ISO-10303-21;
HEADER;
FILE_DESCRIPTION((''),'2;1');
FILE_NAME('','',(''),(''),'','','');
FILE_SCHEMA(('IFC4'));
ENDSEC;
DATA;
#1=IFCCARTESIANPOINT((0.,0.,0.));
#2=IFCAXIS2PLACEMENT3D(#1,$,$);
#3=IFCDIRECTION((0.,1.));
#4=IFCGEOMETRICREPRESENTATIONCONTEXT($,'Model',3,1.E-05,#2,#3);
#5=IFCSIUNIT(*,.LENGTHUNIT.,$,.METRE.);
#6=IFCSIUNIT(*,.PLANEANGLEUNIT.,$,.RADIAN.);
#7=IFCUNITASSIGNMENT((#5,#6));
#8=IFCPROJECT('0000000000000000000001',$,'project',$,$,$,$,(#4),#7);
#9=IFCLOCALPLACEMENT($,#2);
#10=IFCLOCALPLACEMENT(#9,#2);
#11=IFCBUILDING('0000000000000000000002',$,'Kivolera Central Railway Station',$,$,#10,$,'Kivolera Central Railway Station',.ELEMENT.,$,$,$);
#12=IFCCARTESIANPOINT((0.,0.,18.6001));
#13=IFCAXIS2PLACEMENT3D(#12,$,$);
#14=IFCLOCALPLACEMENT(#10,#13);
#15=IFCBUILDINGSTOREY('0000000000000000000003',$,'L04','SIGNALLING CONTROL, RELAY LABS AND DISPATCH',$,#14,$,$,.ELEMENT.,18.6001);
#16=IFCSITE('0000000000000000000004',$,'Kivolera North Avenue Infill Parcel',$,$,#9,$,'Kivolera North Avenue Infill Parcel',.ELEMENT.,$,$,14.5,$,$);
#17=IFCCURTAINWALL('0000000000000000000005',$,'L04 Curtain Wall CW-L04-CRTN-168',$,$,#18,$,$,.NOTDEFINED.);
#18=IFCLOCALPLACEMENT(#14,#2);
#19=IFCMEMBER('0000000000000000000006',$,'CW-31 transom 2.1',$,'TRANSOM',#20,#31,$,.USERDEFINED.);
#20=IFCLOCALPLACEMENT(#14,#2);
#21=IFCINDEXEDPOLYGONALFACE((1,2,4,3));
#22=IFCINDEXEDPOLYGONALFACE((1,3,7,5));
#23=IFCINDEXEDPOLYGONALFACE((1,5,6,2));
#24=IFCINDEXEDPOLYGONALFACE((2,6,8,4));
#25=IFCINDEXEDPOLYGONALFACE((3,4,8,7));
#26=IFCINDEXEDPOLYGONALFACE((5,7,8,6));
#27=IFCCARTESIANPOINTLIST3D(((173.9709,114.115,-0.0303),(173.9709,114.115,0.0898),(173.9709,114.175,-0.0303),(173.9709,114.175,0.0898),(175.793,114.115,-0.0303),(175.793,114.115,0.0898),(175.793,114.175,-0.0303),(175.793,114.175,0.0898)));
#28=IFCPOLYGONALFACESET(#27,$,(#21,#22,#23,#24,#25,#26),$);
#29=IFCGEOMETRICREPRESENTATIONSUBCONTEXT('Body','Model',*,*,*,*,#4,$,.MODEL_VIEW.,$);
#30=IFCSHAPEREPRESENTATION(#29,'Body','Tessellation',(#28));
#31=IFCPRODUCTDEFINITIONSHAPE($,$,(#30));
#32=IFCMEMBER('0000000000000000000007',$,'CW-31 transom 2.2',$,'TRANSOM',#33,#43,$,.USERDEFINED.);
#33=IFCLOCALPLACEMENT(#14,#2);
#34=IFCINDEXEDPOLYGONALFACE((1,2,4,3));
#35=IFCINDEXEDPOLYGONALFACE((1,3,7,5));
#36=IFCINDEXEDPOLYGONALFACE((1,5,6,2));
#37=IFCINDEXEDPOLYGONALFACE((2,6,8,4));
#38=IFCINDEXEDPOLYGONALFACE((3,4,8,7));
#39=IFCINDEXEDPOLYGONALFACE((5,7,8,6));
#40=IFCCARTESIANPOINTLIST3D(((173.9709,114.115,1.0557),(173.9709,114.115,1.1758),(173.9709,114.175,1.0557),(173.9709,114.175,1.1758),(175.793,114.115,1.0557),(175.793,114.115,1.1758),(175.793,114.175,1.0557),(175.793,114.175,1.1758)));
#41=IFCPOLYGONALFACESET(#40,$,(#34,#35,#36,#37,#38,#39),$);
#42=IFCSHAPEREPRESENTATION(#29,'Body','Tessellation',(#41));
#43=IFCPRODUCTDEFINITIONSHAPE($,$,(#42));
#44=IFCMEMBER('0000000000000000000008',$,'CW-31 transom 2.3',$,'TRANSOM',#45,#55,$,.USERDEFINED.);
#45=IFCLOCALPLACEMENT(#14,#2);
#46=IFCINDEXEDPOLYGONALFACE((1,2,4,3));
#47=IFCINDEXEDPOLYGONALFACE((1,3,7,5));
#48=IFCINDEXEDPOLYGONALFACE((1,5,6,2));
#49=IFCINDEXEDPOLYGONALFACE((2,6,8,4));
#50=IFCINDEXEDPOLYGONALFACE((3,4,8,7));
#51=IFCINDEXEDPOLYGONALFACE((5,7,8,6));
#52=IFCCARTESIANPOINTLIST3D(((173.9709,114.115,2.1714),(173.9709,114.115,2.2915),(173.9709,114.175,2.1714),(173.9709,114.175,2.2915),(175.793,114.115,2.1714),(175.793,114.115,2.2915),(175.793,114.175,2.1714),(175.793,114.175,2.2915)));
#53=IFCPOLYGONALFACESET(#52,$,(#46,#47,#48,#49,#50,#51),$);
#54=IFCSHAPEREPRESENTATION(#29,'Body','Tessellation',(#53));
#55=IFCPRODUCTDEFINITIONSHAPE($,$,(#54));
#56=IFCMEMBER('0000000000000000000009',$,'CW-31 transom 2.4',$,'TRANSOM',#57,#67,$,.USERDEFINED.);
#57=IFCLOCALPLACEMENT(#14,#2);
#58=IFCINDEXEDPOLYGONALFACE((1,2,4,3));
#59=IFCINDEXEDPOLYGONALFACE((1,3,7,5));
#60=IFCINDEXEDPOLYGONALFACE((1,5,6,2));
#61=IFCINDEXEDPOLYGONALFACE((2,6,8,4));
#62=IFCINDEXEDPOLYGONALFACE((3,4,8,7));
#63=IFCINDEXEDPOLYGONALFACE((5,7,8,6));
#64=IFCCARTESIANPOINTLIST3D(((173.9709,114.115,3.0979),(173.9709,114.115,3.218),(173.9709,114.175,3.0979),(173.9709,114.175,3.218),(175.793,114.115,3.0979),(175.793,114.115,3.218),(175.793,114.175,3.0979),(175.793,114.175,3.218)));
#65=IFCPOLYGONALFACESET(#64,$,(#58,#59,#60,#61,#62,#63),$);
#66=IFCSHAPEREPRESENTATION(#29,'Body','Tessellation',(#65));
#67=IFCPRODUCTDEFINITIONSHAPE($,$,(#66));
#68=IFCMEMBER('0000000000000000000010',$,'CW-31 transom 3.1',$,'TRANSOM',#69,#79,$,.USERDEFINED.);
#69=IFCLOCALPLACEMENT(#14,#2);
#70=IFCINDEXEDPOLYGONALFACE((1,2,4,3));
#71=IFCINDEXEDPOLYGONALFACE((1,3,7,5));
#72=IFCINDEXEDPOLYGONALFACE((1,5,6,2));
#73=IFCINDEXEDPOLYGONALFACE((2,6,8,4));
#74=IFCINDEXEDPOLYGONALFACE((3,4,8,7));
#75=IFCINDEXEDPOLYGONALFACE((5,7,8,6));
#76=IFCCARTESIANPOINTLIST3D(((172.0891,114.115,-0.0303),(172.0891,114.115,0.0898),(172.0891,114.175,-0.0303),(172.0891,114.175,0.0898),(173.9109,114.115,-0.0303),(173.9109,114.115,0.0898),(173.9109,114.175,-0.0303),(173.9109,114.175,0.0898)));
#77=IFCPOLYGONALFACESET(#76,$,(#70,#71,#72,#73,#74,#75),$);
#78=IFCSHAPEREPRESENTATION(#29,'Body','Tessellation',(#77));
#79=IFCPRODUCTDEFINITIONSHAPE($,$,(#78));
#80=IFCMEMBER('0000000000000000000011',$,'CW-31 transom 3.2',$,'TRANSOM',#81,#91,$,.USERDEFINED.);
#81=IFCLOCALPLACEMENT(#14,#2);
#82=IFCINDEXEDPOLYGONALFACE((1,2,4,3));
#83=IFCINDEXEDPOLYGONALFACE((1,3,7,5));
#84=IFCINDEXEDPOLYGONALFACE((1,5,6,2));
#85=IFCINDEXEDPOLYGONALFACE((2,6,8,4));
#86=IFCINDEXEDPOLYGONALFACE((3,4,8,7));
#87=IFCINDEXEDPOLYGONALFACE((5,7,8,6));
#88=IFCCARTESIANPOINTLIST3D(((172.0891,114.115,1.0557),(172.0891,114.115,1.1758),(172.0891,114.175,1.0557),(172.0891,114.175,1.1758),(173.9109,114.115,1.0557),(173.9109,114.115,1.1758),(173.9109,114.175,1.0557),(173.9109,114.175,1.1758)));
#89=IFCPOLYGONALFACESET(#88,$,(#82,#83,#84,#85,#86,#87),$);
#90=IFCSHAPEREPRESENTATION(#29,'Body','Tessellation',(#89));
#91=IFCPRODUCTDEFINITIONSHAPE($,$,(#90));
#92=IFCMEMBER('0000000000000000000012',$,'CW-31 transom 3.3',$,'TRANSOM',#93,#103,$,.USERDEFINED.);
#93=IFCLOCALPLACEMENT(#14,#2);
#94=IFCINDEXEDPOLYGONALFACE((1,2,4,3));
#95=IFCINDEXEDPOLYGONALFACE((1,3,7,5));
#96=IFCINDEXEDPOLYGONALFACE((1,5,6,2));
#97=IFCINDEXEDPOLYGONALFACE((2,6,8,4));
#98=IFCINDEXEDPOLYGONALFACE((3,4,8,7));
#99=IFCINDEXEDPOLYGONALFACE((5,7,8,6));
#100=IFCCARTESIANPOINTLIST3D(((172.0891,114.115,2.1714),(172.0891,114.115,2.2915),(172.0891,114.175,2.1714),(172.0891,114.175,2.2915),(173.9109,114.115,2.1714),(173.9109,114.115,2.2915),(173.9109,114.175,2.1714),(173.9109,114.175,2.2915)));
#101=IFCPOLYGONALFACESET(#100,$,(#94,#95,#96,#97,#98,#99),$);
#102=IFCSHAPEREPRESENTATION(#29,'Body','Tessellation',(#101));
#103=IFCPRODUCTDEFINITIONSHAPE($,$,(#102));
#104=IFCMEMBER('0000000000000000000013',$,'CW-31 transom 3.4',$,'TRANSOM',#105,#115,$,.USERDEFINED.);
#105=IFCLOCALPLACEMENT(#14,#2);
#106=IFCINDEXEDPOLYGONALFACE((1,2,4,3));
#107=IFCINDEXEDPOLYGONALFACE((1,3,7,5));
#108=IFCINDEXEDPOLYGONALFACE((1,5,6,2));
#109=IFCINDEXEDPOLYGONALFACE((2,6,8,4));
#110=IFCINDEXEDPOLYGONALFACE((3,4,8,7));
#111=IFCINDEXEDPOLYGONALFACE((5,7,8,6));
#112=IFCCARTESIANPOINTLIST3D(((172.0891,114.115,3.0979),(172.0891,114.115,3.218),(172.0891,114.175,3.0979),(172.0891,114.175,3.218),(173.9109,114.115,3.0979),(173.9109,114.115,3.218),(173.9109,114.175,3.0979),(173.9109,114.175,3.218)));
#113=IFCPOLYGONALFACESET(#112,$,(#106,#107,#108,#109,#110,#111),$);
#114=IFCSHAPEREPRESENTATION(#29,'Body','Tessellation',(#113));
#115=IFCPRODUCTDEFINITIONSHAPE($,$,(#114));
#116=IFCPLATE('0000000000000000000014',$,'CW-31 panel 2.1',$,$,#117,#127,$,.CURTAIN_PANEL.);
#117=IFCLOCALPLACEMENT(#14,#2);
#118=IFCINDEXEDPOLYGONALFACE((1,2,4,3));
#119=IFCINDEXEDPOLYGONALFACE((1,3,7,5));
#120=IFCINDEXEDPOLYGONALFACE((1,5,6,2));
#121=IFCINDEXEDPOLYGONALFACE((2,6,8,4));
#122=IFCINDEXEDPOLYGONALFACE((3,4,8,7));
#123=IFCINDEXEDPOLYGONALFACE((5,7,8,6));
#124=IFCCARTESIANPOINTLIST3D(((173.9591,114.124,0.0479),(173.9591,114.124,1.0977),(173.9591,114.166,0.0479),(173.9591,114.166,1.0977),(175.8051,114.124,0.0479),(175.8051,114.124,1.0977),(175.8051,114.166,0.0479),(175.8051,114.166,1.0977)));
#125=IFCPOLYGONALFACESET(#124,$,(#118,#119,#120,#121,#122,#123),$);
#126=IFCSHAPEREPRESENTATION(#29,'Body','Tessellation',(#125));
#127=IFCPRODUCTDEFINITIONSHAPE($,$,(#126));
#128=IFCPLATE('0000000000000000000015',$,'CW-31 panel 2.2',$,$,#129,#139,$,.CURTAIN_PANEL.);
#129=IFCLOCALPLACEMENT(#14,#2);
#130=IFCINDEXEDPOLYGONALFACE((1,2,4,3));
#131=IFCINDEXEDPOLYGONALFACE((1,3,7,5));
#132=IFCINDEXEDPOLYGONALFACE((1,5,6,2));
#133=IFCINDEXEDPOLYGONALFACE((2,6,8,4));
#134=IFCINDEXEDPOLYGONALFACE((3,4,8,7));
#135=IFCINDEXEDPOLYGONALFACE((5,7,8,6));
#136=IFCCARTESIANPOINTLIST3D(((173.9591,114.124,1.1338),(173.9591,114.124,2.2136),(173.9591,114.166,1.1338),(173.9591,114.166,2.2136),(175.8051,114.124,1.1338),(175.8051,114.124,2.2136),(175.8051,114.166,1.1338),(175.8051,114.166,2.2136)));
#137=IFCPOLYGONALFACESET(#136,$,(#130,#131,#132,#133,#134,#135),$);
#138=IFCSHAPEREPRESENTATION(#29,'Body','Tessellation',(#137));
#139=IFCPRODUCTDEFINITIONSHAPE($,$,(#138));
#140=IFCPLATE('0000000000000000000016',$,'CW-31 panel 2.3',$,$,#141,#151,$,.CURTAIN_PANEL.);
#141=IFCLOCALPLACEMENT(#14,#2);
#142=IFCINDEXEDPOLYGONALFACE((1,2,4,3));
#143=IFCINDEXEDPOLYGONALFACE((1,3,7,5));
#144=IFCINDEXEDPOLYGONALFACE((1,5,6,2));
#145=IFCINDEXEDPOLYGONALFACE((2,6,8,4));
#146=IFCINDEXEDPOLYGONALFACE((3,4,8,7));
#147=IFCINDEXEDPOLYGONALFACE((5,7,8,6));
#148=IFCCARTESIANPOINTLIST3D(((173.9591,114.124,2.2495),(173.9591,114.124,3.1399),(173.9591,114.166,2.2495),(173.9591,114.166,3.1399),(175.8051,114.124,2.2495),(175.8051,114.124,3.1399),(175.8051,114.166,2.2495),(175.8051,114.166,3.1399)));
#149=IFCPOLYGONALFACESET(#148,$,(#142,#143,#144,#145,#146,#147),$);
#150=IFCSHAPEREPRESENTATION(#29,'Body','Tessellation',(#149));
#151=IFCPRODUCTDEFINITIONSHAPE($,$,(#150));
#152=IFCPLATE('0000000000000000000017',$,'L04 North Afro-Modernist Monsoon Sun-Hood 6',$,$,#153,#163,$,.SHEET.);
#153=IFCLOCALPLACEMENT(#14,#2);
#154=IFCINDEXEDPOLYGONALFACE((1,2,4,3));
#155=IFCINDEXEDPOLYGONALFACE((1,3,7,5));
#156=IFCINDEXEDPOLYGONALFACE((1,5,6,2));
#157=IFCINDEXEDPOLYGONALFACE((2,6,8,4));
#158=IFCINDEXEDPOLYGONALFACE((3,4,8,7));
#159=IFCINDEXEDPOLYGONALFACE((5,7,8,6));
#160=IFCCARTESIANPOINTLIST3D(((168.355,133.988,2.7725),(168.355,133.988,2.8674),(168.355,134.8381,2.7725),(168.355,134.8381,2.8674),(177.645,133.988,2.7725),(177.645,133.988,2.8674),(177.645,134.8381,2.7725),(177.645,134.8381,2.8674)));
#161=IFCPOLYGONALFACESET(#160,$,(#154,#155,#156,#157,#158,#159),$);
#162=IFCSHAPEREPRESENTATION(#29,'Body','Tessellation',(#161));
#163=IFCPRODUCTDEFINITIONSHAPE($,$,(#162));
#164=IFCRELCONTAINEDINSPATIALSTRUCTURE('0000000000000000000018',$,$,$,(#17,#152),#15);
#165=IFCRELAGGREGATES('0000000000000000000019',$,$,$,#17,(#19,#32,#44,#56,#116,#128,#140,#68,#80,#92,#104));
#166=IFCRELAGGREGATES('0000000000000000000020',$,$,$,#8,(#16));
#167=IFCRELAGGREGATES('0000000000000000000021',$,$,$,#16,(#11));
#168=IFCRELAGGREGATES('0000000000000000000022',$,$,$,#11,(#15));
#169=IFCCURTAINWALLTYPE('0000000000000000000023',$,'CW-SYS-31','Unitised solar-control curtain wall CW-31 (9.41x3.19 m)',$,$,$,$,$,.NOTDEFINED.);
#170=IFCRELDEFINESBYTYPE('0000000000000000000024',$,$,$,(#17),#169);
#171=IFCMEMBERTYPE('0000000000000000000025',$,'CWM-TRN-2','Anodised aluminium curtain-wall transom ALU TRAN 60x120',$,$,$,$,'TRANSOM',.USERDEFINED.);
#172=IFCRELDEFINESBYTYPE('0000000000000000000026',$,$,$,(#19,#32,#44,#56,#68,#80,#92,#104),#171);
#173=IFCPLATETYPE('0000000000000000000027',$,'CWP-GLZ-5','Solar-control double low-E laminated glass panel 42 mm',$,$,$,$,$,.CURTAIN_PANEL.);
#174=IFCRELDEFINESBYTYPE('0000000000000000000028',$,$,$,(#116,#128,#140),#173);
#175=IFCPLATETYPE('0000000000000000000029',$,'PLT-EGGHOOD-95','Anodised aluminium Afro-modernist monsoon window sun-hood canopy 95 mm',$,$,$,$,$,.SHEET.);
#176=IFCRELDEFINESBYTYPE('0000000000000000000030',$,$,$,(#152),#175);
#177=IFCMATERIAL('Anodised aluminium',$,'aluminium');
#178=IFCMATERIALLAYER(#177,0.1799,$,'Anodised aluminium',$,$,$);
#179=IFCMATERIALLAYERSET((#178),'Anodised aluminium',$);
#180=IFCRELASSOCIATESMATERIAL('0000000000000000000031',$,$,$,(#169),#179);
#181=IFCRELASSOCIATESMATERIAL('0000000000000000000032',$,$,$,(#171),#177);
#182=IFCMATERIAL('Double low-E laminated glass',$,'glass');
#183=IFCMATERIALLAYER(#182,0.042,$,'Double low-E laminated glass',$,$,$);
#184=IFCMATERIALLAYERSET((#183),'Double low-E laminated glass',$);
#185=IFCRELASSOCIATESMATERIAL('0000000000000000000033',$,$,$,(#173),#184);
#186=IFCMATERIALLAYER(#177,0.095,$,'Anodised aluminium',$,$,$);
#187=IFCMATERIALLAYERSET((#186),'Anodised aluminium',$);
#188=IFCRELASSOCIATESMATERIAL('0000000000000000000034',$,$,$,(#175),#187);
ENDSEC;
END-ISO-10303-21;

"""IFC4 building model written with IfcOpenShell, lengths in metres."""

from ifc_helpers import new_model, si_unit, direction, frame, origin, origin_2d, place, context, subcontext, project, spatial, rectangle, extrude, material, layer, layer_set, material_profile, profile_set, type_object, element, aggregate, save


model = new_model("IFC4")

# Units and contexts
model_context = context("Model", 3, precision=1e-05, world=origin(), true_north=direction((0.0, 1.0)))
body_context = subcontext(model_context, "Body", "Model", "MODEL_VIEW")
ifc_project = project(units=[si_unit("LENGTHUNIT", "METRE"), si_unit("PLANEANGLEUNIT", "RADIAN")], contexts=[model_context])

# Site, building, storey
site_placement = place(None, origin())
site = spatial("IfcSite", under=ifc_project, at=site_placement, Name="Kivolera North Avenue Infill Parcel", LongName="Kivolera North Avenue Infill Parcel", CompositionType="ELEMENT", RefElevation=14.5)
building_placement = place(site_placement, origin())
building = spatial("IfcBuilding", under=site, at=building_placement, Name="Kivolera Central Railway Station", LongName="Kivolera Central Railway Station", CompositionType="ELEMENT")
storey_placement = place(building_placement, frame((0.0, 0.0, 18.6001)))
storey = spatial("IfcBuildingStorey", under=building, at=storey_placement, Name="L04", Description="SIGNALLING CONTROL, RELAY LABS AND DISPATCH", CompositionType="ELEMENT", Elevation=18.6001)

# Curtain wall, members, plates
ifc_material_1 = material(Name="Anodised aluminium", Category="aluminium")
ifc_layer_1 = layer(ifc_material_1, 0.1799, Name="Anodised aluminium")
ifc_layer_set_1 = layer_set([ifc_layer_1], Name="Anodised aluminium")
curtain_wall_type = type_object("IfcCurtainWallType", Name="CW-SYS-31", Description="Unitised solar-control curtain wall CW-31 (9.41x3.19 m)", PredefinedType="NOTDEFINED", material=ifc_layer_set_1)
curtain_wall_placement = place(storey_placement, origin())
curtain_wall = element("IfcCurtainWall", 1, at=curtain_wall_placement, inside=storey, type_object=curtain_wall_type, Name="L04 Curtain Wall CW-L04-CRTN-168", PredefinedType="NOTDEFINED")
ifc_material_profile_1 = material_profile(ifc_material_1, rectangle(XDim=0.0601, YDim=0.1201, at=origin_2d()), Name="ALU TRAN 60x120")
ifc_profile_set_1 = profile_set([ifc_material_profile_1], Name="Anodised aluminium")
member_type_1 = type_object("IfcMemberType", Name="CWM-TRN-2", Description="Anodised aluminium curtain-wall transom ALU TRAN 60x120", ElementType="TRANSOM", PredefinedType="USERDEFINED", material=ifc_profile_set_1)
member_1_placement = place(storey_placement, frame((175.793, 114.145, 0.0298), z_axis=(-1.0, 0.0, 0.0), x_axis=(0.0, -1.0, 0.0)))
member_1 = element("IfcMember", 2, at=member_1_placement, type_object=member_type_1, Name="CW-31 transom 2.1", ObjectType="TRANSOM", PredefinedType="USERDEFINED", context=body_context, shape_type="SweptSolid", body=[
    extrude(rectangle(XDim=0.0601, YDim=0.1201, at=origin_2d()), origin(), (0.0, 0.0, 1.0), 1.822),
])
member_2_placement = place(storey_placement, frame((175.793, 114.145, 1.1157), z_axis=(-1.0, 0.0, 0.0), x_axis=(0.0, -1.0, 0.0)))
member_2 = element("IfcMember", 3, at=member_2_placement, type_object=member_type_1, Name="CW-31 transom 2.2", ObjectType="TRANSOM", PredefinedType="USERDEFINED", context=body_context, shape_type="SweptSolid", body=[
    extrude(rectangle(XDim=0.0601, YDim=0.1201, at=origin_2d()), origin(), (0.0, 0.0, 1.0), 1.822),
])
member_3_placement = place(storey_placement, frame((175.793, 114.145, 2.2314), z_axis=(-1.0, 0.0, 0.0), x_axis=(0.0, -1.0, 0.0)))
member_3 = element("IfcMember", 4, at=member_3_placement, type_object=member_type_1, Name="CW-31 transom 2.3", ObjectType="TRANSOM", PredefinedType="USERDEFINED", context=body_context, shape_type="SweptSolid", body=[
    extrude(rectangle(XDim=0.0601, YDim=0.1201, at=origin_2d()), origin(), (0.0, 0.0, 1.0), 1.822),
])
member_4_placement = place(storey_placement, frame((175.793, 114.145, 3.158), z_axis=(-1.0, 0.0, 0.0), x_axis=(0.0, -1.0, 0.0)))
member_4 = element("IfcMember", 5, at=member_4_placement, type_object=member_type_1, Name="CW-31 transom 2.4", ObjectType="TRANSOM", PredefinedType="USERDEFINED", context=body_context, shape_type="SweptSolid", body=[
    extrude(rectangle(XDim=0.0601, YDim=0.1201, at=origin_2d()), origin(), (0.0, 0.0, 1.0), 1.822),
])
member_5_placement = place(storey_placement, frame((173.9109, 114.145, 0.0298), z_axis=(-1.0, 0.0, 0.0), x_axis=(0.0, -1.0, 0.0)))
member_5 = element("IfcMember", 6, at=member_5_placement, type_object=member_type_1, Name="CW-31 transom 3.1", ObjectType="TRANSOM", PredefinedType="USERDEFINED", context=body_context, shape_type="SweptSolid", body=[
    extrude(rectangle(XDim=0.0601, YDim=0.1201, at=origin_2d()), origin(), (0.0, 0.0, 1.0), 1.8218),
])
member_6_placement = place(storey_placement, frame((173.9109, 114.145, 1.1157), z_axis=(-1.0, 0.0, 0.0), x_axis=(0.0, -1.0, 0.0)))
member_6 = element("IfcMember", 7, at=member_6_placement, type_object=member_type_1, Name="CW-31 transom 3.2", ObjectType="TRANSOM", PredefinedType="USERDEFINED", context=body_context, shape_type="SweptSolid", body=[
    extrude(rectangle(XDim=0.0601, YDim=0.1201, at=origin_2d()), origin(), (0.0, 0.0, 1.0), 1.8218),
])
member_7_placement = place(storey_placement, frame((173.9109, 114.145, 2.2314), z_axis=(-1.0, 0.0, 0.0), x_axis=(0.0, -1.0, 0.0)))
member_7 = element("IfcMember", 8, at=member_7_placement, type_object=member_type_1, Name="CW-31 transom 3.3", ObjectType="TRANSOM", PredefinedType="USERDEFINED", context=body_context, shape_type="SweptSolid", body=[
    extrude(rectangle(XDim=0.0601, YDim=0.1201, at=origin_2d()), origin(), (0.0, 0.0, 1.0), 1.8218),
])
member_8_placement = place(storey_placement, frame((173.9109, 114.145, 3.158), z_axis=(-1.0, 0.0, 0.0), x_axis=(0.0, -1.0, 0.0)))
member_8 = element("IfcMember", 9, at=member_8_placement, type_object=member_type_1, Name="CW-31 transom 3.4", ObjectType="TRANSOM", PredefinedType="USERDEFINED", context=body_context, shape_type="SweptSolid", body=[
    extrude(rectangle(XDim=0.0601, YDim=0.1201, at=origin_2d()), origin(), (0.0, 0.0, 1.0), 1.8218),
])
ifc_material_2 = material(Name="Double low-E laminated glass", Category="glass")
ifc_layer_2 = layer(ifc_material_2, 0.042, Name="Double low-E laminated glass")
ifc_layer_set_2 = layer_set([ifc_layer_2], Name="Double low-E laminated glass")
plate_type_1 = type_object("IfcPlateType", Name="CWP-GLZ-5", Description="Solar-control double low-E laminated glass panel 42 mm", PredefinedType="CURTAIN_PANEL", material=ifc_layer_set_2)
plate_1_placement = place(storey_placement, frame((174.8821, 114.145, 0.0479), z_axis=(0.0, 0.0, 1.0), x_axis=(-1.0, 0.0, 0.0)))
plate_1 = element("IfcPlate", 10, at=plate_1_placement, type_object=plate_type_1, Name="CW-31 panel 2.1", PredefinedType="CURTAIN_PANEL", context=body_context, shape_type="SweptSolid", body=[
    extrude(rectangle(XDim=1.8459, YDim=0.042, at=origin_2d()), origin(), (0.0, 0.0, 1.0), 1.0498),
])
plate_2_placement = place(storey_placement, frame((174.8821, 114.145, 1.1338), z_axis=(0.0, 0.0, 1.0), x_axis=(-1.0, 0.0, 0.0)))
plate_2 = element("IfcPlate", 11, at=plate_2_placement, type_object=plate_type_1, Name="CW-31 panel 2.2", PredefinedType="CURTAIN_PANEL", context=body_context, shape_type="SweptSolid", body=[
    extrude(rectangle(XDim=1.8459, YDim=0.042, at=origin_2d()), origin(), (0.0, 0.0, 1.0), 1.0798),
])
plate_3_placement = place(storey_placement, frame((174.8821, 114.145, 2.2495), z_axis=(0.0, 0.0, 1.0), x_axis=(-1.0, 0.0, 0.0)))
plate_3 = element("IfcPlate", 12, at=plate_3_placement, type_object=plate_type_1, Name="CW-31 panel 2.3", PredefinedType="CURTAIN_PANEL", context=body_context, shape_type="SweptSolid", body=[
    extrude(rectangle(XDim=1.8459, YDim=0.042, at=origin_2d()), origin(), (0.0, 0.0, 1.0), 0.8904),
])
aggregate(curtain_wall, [member_1, member_2, member_3, member_4, plate_1, plate_2, plate_3, member_5, member_6, member_7, member_8])

# Plate
ifc_layer_3 = layer(ifc_material_1, 0.095, Name="Anodised aluminium")
ifc_layer_set_3 = layer_set([ifc_layer_3], Name="Anodised aluminium")
plate_type_2 = type_object("IfcPlateType", Name="PLT-EGGHOOD-95", Description="Anodised aluminium Afro-modernist monsoon window sun-hood canopy 95 mm", PredefinedType="SHEET", material=ifc_layer_set_3)
plate_4_placement = place(storey_placement, frame((173.0, 134.4131, 2.7725), z_axis=(0.0, 0.0, 1.0), x_axis=(1.0, 0.0, 0.0)))
element("IfcPlate", 13, at=plate_4_placement, inside=storey, type_object=plate_type_2, Name="L04 North Afro-Modernist Monsoon Sun-Hood 6", PredefinedType="SHEET", context=body_context, shape_type="SweptSolid", body=[
    extrude(rectangle(XDim=9.29, YDim=0.8501, at=origin_2d()), origin(), (0.0, 0.0, 1.0), 0.095),
])

save(model, "model.ifc")
